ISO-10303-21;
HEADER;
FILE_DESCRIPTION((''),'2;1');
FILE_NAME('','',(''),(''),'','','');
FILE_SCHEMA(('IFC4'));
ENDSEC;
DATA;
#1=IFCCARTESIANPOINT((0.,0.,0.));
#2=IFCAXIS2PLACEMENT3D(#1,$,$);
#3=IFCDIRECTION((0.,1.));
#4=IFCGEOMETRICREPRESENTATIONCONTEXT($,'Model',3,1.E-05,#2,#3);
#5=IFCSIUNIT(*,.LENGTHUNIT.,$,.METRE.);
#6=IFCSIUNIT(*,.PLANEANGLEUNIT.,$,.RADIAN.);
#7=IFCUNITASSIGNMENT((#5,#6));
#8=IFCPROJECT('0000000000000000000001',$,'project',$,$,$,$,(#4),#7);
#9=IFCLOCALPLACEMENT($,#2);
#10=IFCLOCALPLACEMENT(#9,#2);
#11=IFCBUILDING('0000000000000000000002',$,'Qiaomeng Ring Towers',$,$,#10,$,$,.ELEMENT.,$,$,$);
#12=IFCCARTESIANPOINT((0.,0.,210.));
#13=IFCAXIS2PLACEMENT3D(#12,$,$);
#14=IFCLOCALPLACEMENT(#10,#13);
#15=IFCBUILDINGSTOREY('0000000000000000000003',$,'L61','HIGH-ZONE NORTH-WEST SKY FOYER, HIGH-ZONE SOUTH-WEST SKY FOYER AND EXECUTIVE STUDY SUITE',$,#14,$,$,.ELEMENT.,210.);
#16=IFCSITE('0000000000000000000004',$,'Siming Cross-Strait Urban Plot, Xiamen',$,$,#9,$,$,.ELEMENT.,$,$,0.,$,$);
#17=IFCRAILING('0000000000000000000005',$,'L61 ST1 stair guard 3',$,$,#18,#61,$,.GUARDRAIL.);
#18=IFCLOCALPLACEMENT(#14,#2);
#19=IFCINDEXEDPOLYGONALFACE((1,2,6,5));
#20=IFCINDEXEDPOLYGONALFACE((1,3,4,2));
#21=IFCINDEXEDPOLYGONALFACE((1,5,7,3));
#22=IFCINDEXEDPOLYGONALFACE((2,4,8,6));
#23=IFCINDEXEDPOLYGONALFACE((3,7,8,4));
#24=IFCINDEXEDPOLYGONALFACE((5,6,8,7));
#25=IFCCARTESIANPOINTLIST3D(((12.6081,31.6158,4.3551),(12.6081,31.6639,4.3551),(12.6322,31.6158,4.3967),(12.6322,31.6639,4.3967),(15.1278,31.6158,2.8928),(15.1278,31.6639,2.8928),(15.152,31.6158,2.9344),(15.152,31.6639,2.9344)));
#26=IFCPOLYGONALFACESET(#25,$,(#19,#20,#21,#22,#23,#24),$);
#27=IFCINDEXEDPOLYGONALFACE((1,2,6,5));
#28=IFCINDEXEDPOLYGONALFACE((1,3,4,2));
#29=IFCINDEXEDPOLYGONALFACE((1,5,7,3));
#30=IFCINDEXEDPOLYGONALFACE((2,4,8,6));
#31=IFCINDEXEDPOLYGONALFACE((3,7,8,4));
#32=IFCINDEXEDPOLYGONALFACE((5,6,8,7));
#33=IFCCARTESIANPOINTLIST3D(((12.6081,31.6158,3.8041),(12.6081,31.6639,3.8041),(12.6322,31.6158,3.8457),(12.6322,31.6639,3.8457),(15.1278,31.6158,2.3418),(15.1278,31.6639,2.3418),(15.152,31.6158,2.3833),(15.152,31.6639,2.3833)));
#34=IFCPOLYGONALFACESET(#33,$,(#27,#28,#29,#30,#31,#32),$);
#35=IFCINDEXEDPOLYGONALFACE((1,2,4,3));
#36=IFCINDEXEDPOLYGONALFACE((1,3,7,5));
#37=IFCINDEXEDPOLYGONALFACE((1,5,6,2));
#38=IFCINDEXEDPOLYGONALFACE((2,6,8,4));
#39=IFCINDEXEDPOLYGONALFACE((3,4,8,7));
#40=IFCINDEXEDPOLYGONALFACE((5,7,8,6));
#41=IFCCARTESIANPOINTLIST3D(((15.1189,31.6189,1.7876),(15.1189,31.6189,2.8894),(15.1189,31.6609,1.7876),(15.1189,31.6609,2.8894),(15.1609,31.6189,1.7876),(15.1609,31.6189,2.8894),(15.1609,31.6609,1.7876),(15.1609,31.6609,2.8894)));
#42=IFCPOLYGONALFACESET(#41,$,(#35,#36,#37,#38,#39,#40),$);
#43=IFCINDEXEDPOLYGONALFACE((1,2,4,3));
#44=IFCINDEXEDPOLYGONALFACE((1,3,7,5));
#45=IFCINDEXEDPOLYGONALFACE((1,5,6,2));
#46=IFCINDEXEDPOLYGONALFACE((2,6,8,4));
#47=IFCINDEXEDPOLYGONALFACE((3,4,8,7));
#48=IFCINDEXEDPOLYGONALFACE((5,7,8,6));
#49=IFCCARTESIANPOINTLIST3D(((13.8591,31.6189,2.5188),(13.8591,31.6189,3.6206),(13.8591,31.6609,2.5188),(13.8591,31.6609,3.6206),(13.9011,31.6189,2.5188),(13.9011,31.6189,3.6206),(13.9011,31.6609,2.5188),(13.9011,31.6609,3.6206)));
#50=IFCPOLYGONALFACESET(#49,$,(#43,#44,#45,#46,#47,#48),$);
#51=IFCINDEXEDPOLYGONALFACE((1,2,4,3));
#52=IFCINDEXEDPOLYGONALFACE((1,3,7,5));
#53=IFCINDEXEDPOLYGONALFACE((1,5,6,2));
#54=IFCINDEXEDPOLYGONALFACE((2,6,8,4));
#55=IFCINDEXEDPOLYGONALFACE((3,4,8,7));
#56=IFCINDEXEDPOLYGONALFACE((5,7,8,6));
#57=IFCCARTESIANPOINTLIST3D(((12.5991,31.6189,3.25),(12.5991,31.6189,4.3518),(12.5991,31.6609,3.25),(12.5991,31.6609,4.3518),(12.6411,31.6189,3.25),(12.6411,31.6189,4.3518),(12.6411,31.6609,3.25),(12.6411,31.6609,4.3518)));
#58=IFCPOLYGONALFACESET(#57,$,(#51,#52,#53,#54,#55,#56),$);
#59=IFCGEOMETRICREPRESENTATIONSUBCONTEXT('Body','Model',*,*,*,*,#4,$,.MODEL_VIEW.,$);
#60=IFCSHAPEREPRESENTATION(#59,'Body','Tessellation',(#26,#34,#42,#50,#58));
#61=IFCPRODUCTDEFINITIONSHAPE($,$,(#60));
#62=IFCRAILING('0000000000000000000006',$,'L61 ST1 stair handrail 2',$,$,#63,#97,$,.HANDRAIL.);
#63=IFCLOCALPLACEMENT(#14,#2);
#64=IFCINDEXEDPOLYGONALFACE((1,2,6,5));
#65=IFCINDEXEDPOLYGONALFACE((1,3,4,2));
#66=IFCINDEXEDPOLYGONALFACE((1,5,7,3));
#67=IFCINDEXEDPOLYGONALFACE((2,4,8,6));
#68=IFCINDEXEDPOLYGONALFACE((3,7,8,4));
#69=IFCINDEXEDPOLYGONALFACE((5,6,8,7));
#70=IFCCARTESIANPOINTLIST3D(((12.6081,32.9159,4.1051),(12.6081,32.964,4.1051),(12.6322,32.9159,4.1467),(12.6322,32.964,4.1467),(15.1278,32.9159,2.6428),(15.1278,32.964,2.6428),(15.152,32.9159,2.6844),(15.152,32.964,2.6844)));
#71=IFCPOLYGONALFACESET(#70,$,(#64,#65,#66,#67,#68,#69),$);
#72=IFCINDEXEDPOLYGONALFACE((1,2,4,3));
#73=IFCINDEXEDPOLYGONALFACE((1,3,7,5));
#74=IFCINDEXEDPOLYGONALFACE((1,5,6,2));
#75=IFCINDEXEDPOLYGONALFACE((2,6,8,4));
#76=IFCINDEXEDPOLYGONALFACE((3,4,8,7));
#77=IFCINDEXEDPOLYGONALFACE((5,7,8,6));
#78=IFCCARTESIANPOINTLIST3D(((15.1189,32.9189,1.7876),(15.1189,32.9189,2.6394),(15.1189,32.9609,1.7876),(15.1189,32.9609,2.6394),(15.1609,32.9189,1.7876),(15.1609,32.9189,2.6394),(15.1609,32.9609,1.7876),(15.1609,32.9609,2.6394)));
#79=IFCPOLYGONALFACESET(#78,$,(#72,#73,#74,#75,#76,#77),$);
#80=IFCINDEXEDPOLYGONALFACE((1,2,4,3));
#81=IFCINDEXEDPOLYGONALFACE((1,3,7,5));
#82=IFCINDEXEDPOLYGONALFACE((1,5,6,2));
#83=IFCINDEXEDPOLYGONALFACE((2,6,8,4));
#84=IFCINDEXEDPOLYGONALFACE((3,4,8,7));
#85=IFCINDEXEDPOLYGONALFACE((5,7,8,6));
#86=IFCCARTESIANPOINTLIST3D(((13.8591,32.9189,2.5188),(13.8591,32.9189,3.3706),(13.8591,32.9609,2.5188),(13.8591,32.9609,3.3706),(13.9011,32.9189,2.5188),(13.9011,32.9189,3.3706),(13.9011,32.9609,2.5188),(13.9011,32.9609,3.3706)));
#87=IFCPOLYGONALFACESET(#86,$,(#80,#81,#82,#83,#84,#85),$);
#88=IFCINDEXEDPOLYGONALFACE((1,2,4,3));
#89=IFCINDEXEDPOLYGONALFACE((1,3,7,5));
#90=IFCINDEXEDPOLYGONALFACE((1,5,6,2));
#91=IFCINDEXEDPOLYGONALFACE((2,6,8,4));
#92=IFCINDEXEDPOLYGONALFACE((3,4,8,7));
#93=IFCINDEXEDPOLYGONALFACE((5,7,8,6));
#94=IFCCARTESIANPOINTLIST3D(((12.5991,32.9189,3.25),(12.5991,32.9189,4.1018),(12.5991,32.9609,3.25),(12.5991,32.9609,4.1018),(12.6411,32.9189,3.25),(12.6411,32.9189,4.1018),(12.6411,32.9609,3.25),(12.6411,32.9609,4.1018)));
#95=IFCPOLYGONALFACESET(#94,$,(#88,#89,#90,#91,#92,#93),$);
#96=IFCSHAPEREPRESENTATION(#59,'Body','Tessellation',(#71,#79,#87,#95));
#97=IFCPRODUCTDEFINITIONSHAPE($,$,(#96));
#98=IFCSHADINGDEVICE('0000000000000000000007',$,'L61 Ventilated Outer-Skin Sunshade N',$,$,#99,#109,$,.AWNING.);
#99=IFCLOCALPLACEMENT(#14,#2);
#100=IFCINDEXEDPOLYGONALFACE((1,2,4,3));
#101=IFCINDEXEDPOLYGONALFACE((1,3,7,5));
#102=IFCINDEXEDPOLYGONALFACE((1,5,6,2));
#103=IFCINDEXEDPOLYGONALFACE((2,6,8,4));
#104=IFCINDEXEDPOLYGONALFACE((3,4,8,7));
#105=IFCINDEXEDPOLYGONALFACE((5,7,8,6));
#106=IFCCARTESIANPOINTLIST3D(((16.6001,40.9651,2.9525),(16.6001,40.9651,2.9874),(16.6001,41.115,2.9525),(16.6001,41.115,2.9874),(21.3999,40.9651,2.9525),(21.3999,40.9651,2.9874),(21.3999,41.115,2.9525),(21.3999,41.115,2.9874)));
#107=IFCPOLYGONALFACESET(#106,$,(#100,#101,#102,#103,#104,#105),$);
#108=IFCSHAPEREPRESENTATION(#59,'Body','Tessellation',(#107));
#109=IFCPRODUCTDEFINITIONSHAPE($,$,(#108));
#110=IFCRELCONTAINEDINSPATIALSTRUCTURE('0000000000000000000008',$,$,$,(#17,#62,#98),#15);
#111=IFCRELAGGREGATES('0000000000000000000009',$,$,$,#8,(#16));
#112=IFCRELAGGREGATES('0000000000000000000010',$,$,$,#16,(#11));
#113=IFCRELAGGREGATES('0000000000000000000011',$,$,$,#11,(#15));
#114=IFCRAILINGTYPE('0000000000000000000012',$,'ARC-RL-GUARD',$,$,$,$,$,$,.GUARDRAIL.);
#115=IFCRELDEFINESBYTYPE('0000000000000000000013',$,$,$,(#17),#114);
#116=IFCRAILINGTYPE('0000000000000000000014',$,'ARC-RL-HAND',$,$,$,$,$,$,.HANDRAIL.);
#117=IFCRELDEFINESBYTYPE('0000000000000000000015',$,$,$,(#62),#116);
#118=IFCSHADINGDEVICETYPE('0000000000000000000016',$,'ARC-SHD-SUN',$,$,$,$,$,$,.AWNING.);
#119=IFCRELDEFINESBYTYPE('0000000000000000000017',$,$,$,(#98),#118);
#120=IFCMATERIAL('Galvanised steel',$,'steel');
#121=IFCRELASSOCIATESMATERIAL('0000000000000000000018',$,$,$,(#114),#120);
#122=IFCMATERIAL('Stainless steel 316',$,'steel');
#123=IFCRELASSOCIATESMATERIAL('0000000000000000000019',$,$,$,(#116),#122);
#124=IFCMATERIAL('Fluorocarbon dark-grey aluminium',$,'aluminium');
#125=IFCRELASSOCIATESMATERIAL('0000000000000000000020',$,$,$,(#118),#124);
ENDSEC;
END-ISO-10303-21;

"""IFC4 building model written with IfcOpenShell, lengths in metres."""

from ifc_helpers import new_model, si_unit, direction, frame, origin, origin_2d, place, context, subcontext, project, spatial, rectangle, extrude, source, transform, mapped, material, material_profile, profile_set, type_object, element, save


model = new_model("IFC4")

# Units and contexts
model_context = context("Model", 3, precision=1e-05, world=origin(), true_north=direction((0.0, 1.0)))
body_context = subcontext(model_context, "Body", "Model", "MODEL_VIEW")
ifc_project = project(units=[si_unit("LENGTHUNIT", "METRE"), si_unit("PLANEANGLEUNIT", "RADIAN")], contexts=[model_context])

# Site, building, storey
site_placement = place(None, origin())
site = spatial("IfcSite", under=ifc_project, at=site_placement, Name="Siming Cross-Strait Urban Plot, Xiamen", CompositionType="ELEMENT", RefElevation=0.0)
building_placement = place(site_placement, origin())
building = spatial("IfcBuilding", under=site, at=building_placement, Name="Qiaomeng Ring Towers", CompositionType="ELEMENT")
storey_placement = place(building_placement, frame((0.0, 0.0, 210.0)))
storey = spatial("IfcBuildingStorey", under=building, at=storey_placement, Name="L61", Description="HIGH-ZONE NORTH-WEST SKY FOYER, HIGH-ZONE SOUTH-WEST SKY FOYER AND EXECUTIVE STUDY SUITE", CompositionType="ELEMENT", Elevation=210.0)

# Shared definitions
ifc_material_1 = material(Name="Galvanised steel", Category="steel")

# Shared definitions
ifc_material_2 = material(Name="Stainless steel 316", Category="steel")

# Railings
railing_type_1 = type_object("IfcRailingType", Name="ARC-RL-GUARD", PredefinedType="GUARDRAIL", material=ifc_material_1)
railing_1_placement = place(storey_placement, frame((15.1399, 31.6399, 1.7876)))
element("IfcRailing", 1, at=railing_1_placement, inside=storey, type_object=railing_type_1, Name="L61 ST1 stair guard 3", PredefinedType="GUARDRAIL", context=body_context, shape_type="SweptSolid", body=[
    extrude(rectangle(XDim=0.0481, YDim=0.0481, at=origin_2d()), frame((0.0, 0.0, 1.126), z_axis=(-0.864892, 0.0, 0.501958), x_axis=(0.0, -1.0, 0.0)), (0.0, 0.0, 1.0), 2.9133),
    extrude(rectangle(XDim=0.0481, YDim=0.0481, at=origin_2d()), frame((0.0, 0.0, 0.575), z_axis=(-0.864892, 0.0, 0.501958), x_axis=(0.0, -1.0, 0.0)), (0.0, 0.0, 1.0), 2.9133),
    extrude(rectangle(XDim=0.042, YDim=0.042, at=origin_2d()), origin(), (0.0, 0.0, 1.0), 1.1018),
    extrude(rectangle(XDim=0.042, YDim=0.042, at=origin_2d()), frame((-1.2598, 0.0, 0.7312)), (0.0, 0.0, 1.0), 1.1018),
    extrude(rectangle(XDim=0.042, YDim=0.042, at=origin_2d()), frame((-2.5198, 0.0, 1.4624)), (0.0, 0.0, 1.0), 1.1018),
])
railing_type_2 = type_object("IfcRailingType", Name="ARC-RL-HAND", PredefinedType="HANDRAIL", material=ifc_material_2)
railing_2_placement = place(storey_placement, frame((15.1399, 32.9399, 1.7876)))
element("IfcRailing", 2, at=railing_2_placement, inside=storey, type_object=railing_type_2, Name="L61 ST1 stair handrail 2", PredefinedType="HANDRAIL", context=body_context, shape_type="SweptSolid", body=[
    extrude(rectangle(XDim=0.0481, YDim=0.0481, at=origin_2d()), frame((0.0, 0.0, 0.876), z_axis=(-0.864892, 0.0, 0.501958), x_axis=(0.0, -1.0, 0.0)), (0.0, 0.0, 1.0), 2.9133),
    extrude(rectangle(XDim=0.042, YDim=0.042, at=origin_2d()), origin(), (0.0, 0.0, 1.0), 0.8518),
    extrude(rectangle(XDim=0.042, YDim=0.042, at=origin_2d()), frame((-1.2598, 0.0, 0.7312)), (0.0, 0.0, 1.0), 0.8518),
    extrude(rectangle(XDim=0.042, YDim=0.042, at=origin_2d()), frame((-2.5198, 0.0, 1.4624)), (0.0, 0.0, 1.0), 0.8518),
])

# Shading device
ifc_material_3 = material(Name="Fluorocarbon dark-grey aluminium", Category="aluminium")
ifc_material_profile_1 = material_profile(ifc_material_3, rectangle(XDim=0.1499, YDim=0.0349, at=origin_2d()), Name="LV BLADE 150x35")
ifc_profile_set_1 = profile_set([ifc_material_profile_1], Name="Fluorocarbon dark-grey aluminium")
shading_device_type = type_object("IfcShadingDeviceType", Name="ARC-SHD-SUN", PredefinedType="AWNING", material=ifc_profile_set_1)
shared_shape_1 = source(origin(), body_context, "Body", "SweptSolid", [
    extrude(rectangle(XDim=0.1499, YDim=0.0349, at=origin_2d()), origin(), (0.0, 0.0, 1.0), 4.7998),
])
shading_device_placement = place(storey_placement, frame((16.6001, 41.04, 2.97), z_axis=(1.0, 0.0, 0.0), x_axis=(0.0, 1.0, 0.0)))
element("IfcShadingDevice", 3, at=shading_device_placement, inside=storey, type_object=shading_device_type, Name="L61 Ventilated Outer-Skin Sunshade N", PredefinedType="AWNING", context=body_context, shape_type="MappedRepresentation", body=[
    mapped(shared_shape_1, transform((0.0, 0.0, 0.0), x_axis=(1.0, 0.0, 0.0), y_axis=(0.0, 1.0, 0.0), z_axis=(0.0, 0.0, 1.0), scale=1.0)),
])

save(model, "model.ifc")
